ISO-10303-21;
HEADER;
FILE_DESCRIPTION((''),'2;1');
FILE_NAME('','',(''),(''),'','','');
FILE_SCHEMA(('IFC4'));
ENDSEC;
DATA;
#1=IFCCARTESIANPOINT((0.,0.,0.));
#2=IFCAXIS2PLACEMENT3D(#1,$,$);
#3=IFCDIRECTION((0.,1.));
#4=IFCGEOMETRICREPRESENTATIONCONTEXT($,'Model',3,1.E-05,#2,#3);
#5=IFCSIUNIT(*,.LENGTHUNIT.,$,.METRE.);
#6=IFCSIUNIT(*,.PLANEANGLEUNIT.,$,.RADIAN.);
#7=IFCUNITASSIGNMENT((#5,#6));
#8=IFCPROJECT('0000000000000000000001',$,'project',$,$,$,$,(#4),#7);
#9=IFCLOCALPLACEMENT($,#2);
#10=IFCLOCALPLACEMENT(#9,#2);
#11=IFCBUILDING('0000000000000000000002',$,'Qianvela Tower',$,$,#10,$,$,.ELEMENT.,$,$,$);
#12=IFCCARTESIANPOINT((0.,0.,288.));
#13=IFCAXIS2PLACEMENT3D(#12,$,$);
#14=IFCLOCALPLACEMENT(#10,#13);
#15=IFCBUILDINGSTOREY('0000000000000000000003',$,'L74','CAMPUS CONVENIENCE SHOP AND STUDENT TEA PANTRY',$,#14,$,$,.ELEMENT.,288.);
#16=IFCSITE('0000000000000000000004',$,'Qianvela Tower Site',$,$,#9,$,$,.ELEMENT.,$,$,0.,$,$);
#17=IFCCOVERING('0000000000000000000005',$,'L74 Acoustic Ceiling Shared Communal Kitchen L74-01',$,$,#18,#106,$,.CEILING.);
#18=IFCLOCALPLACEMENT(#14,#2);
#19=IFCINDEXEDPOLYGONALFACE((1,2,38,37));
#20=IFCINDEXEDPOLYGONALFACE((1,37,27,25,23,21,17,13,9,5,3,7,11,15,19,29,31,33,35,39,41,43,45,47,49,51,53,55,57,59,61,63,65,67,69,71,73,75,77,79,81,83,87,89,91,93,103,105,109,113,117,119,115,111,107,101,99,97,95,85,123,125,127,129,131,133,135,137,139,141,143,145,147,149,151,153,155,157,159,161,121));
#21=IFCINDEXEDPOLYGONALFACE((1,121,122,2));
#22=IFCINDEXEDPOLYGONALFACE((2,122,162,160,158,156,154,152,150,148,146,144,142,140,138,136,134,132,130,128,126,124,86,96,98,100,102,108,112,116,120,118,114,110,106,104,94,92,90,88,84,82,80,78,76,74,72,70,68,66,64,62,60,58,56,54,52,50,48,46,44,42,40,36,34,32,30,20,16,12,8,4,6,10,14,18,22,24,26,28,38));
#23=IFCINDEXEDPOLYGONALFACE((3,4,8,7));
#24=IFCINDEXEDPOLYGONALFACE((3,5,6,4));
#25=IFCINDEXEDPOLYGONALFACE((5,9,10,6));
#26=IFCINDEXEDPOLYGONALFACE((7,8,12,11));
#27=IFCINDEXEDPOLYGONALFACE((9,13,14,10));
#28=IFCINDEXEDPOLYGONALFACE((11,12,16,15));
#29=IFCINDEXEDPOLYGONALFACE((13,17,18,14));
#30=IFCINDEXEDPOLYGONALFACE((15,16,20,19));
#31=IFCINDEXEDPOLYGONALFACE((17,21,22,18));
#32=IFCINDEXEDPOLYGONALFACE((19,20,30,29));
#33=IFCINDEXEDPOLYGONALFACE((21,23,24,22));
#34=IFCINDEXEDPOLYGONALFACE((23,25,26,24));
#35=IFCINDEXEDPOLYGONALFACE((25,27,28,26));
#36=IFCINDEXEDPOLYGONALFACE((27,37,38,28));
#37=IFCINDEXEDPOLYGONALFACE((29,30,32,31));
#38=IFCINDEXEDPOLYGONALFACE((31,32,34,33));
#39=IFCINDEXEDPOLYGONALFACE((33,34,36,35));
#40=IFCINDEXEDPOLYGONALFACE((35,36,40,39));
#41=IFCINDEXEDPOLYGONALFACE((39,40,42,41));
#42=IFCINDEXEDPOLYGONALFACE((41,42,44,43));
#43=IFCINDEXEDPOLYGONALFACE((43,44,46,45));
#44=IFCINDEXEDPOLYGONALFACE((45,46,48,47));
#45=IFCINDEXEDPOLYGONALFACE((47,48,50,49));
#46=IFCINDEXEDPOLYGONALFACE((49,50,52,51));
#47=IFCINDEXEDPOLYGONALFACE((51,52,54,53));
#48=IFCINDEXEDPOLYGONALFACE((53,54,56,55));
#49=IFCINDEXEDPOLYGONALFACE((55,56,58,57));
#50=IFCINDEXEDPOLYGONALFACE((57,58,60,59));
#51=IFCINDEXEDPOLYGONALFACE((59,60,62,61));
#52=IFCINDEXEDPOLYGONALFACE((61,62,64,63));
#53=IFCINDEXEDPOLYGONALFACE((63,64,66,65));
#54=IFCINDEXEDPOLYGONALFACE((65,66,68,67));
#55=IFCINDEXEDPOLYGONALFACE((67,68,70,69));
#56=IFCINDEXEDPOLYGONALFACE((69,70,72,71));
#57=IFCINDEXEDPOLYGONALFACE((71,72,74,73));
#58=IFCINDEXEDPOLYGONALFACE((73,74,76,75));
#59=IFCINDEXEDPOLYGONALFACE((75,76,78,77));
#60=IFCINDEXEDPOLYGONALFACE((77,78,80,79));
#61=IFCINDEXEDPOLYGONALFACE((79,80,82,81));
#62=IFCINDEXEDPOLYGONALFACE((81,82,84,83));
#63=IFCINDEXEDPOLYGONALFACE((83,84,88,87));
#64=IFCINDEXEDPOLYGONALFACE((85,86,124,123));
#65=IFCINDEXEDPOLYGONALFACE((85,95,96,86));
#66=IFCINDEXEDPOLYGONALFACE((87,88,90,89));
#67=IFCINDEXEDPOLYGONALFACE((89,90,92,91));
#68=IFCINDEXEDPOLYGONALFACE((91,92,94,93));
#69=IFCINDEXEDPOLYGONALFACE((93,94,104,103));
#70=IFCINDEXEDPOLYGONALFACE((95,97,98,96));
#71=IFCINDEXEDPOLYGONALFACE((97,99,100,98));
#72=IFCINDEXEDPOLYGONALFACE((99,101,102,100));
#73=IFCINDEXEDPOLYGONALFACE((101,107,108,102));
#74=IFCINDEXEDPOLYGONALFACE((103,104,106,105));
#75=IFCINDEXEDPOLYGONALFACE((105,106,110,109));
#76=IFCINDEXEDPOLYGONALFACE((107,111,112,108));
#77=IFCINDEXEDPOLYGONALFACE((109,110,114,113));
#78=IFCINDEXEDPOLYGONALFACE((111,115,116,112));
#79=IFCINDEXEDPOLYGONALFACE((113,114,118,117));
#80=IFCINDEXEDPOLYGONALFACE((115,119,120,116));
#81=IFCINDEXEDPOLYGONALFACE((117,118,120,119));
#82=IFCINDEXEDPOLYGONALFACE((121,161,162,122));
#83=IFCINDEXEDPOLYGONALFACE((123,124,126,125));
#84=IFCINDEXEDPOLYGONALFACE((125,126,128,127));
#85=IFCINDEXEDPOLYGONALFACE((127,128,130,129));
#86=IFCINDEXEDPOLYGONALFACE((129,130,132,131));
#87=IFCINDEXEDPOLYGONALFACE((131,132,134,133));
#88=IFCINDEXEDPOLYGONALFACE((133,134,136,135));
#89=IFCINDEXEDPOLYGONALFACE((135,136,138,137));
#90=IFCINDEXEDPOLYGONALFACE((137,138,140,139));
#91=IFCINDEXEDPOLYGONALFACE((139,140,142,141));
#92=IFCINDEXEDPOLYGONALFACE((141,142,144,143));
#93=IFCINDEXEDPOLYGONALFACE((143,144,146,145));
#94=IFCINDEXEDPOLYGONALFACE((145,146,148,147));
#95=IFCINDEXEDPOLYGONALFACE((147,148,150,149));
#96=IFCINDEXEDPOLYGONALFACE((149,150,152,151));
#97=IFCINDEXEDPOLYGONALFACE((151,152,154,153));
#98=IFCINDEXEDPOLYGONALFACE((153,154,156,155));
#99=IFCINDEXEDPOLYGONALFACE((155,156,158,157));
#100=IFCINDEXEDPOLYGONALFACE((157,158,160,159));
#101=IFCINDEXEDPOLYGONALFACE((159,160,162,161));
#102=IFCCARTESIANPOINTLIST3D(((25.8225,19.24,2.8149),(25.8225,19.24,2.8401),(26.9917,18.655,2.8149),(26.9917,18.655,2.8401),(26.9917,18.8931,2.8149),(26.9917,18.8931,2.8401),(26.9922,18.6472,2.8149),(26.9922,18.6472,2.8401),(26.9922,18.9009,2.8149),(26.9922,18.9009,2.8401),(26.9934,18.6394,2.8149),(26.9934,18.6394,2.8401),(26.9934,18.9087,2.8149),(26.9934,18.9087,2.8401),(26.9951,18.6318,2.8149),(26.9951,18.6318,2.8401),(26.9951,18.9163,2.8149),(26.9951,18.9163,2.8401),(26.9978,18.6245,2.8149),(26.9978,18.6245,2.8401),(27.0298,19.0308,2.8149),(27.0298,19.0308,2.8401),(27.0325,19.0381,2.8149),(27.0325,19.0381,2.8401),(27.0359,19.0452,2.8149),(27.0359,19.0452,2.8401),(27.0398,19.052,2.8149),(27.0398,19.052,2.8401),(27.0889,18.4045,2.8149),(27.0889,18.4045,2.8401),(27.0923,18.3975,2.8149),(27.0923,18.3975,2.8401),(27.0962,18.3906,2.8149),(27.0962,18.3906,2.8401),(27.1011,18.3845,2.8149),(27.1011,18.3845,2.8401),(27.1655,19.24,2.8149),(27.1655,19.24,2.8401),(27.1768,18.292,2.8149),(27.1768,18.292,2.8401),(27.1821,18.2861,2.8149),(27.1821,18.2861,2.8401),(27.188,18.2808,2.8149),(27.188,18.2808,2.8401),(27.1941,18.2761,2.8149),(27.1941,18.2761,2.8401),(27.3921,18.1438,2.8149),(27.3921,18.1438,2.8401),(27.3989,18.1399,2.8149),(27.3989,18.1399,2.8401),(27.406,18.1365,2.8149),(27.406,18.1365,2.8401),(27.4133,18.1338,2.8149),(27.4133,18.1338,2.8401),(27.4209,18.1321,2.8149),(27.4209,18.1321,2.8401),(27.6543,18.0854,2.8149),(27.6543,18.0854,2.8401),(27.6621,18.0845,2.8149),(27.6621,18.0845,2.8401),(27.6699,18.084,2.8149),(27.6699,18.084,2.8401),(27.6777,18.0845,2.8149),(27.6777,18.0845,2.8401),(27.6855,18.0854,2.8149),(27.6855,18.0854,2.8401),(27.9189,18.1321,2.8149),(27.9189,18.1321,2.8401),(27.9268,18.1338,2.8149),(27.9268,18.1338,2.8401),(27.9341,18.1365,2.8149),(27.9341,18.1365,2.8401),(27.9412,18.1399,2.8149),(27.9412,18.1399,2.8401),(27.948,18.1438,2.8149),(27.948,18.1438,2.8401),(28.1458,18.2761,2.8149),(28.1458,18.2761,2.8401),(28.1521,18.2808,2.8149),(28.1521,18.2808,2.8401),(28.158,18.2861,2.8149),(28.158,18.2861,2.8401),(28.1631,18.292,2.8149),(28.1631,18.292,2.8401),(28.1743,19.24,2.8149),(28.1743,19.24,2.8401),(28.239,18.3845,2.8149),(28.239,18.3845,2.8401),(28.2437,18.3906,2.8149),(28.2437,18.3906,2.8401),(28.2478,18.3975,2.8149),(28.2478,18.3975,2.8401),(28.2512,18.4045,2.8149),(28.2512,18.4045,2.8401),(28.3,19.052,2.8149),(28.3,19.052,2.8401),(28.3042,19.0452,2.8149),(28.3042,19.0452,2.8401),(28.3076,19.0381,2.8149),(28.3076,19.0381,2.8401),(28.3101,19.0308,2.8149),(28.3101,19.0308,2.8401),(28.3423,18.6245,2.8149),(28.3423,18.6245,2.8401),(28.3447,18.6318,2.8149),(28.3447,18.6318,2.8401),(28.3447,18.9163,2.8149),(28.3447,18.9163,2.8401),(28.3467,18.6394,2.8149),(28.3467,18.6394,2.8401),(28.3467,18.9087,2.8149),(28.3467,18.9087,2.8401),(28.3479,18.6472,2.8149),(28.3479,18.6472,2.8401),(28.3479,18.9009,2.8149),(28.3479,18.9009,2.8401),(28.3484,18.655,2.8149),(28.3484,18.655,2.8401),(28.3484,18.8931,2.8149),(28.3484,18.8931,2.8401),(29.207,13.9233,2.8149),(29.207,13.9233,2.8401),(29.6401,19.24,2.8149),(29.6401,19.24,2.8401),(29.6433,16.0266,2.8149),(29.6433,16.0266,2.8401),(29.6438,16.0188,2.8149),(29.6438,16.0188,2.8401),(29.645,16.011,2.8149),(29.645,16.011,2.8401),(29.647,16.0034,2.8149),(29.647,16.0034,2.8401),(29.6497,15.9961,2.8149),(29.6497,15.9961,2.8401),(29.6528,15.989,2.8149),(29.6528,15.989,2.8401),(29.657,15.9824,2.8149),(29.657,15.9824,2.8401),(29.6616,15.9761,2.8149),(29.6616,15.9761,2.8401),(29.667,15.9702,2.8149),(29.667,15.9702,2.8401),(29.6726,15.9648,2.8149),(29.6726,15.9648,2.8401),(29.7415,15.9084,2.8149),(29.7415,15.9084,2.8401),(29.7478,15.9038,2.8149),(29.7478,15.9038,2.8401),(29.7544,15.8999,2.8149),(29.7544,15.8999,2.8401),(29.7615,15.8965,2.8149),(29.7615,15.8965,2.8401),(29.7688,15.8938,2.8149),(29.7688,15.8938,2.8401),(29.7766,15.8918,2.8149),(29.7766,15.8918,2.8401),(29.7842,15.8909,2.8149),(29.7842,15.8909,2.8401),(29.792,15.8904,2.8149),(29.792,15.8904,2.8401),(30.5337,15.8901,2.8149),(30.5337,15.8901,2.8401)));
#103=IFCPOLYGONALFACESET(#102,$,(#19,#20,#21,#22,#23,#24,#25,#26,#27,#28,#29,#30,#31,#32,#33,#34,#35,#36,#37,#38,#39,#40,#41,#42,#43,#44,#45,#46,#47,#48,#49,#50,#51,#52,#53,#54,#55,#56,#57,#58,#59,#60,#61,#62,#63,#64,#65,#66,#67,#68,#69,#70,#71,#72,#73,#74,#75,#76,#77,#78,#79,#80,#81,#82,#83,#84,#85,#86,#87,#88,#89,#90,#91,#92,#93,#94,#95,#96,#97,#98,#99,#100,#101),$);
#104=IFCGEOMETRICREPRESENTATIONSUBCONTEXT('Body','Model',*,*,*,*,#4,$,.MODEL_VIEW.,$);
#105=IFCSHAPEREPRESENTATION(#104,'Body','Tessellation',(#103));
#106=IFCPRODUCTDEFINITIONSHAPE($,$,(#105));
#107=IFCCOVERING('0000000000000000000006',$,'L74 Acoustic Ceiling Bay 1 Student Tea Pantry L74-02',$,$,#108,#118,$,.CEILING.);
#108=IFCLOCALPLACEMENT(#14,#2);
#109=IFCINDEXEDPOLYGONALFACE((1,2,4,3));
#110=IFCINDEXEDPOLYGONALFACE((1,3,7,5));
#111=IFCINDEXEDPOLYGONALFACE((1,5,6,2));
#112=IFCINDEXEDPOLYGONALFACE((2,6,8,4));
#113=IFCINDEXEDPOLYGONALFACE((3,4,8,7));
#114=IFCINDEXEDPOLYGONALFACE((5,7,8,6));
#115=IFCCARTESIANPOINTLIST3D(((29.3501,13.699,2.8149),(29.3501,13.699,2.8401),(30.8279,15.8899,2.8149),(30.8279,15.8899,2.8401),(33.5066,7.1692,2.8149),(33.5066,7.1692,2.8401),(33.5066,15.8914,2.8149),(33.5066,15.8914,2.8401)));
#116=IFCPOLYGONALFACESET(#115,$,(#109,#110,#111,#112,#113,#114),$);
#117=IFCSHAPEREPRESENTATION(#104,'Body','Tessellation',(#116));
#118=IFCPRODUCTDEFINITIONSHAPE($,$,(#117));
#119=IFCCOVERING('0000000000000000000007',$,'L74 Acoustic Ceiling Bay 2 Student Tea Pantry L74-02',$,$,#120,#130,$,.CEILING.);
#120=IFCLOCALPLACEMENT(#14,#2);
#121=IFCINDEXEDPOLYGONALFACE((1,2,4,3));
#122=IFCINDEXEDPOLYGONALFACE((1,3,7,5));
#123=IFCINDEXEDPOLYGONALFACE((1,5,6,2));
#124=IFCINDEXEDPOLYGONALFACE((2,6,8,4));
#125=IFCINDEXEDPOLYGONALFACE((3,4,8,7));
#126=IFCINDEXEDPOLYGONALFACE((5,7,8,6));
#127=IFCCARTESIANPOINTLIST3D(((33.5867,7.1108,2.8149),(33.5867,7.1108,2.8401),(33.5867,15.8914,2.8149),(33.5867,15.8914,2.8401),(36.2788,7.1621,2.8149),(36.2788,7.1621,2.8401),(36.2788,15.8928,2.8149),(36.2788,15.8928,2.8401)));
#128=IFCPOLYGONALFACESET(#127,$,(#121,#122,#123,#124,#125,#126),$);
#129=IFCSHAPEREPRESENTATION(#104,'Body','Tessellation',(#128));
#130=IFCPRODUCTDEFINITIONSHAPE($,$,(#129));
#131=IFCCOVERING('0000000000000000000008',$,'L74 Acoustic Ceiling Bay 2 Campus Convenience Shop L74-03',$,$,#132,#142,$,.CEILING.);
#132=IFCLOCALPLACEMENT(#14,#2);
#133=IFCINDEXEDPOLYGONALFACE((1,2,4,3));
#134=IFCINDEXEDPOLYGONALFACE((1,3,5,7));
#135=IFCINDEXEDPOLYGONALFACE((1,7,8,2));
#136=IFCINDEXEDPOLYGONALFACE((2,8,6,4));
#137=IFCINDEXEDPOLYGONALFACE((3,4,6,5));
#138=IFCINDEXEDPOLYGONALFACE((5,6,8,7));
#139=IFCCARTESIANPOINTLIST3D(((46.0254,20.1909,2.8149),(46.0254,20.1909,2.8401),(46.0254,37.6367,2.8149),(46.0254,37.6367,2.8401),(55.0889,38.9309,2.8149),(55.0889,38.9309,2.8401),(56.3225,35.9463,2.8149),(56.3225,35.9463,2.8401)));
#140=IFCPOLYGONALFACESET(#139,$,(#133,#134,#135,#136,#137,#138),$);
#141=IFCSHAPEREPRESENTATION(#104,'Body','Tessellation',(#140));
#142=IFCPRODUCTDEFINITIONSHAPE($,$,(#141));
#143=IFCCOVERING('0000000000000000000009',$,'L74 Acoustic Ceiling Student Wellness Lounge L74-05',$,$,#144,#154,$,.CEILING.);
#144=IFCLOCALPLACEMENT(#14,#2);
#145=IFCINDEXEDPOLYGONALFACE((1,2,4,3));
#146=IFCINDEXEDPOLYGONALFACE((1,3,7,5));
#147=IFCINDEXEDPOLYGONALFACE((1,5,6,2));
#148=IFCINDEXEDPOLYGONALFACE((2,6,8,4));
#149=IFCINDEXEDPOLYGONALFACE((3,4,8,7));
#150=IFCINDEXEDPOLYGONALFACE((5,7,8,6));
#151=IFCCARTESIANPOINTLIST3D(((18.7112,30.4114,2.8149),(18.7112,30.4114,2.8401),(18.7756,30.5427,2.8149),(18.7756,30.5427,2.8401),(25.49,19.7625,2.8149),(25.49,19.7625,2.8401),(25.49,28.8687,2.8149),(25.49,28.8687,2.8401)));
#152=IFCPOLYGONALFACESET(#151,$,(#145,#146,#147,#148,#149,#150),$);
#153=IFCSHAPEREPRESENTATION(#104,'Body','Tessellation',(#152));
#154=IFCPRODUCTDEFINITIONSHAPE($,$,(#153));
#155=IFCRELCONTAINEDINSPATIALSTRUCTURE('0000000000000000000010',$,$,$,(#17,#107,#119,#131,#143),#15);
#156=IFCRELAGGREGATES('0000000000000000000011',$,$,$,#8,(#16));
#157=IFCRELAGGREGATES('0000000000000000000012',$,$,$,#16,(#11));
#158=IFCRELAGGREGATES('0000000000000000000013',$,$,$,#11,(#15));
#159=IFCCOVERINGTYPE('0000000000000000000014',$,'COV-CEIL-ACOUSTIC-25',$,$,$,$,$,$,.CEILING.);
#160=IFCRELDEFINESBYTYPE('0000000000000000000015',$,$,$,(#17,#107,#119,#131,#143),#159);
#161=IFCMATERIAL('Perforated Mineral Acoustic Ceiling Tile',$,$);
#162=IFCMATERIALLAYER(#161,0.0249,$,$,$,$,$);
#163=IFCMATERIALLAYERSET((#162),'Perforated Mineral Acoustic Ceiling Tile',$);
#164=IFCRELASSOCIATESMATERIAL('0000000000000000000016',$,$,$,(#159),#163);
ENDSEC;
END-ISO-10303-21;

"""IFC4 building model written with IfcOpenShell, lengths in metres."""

from ifc_helpers import new_model, si_unit, direction, frame, origin, place, context, subcontext, project, spatial, polyline, outline, extrude, material, layer, layer_set, type_object, element, save


model = new_model("IFC4")

# Units and contexts
model_context = context("Model", 3, precision=1e-05, world=origin(), true_north=direction((0.0, 1.0)))
body_context = subcontext(model_context, "Body", "Model", "MODEL_VIEW")
ifc_project = project(units=[si_unit("LENGTHUNIT", "METRE"), si_unit("PLANEANGLEUNIT", "RADIAN")], contexts=[model_context])

# Site, building, storey
site_placement = place(None, origin())
site = spatial("IfcSite", under=ifc_project, at=site_placement, Name="Qianvela Tower Site", CompositionType="ELEMENT", RefElevation=0.0)
building_placement = place(site_placement, origin())
building = spatial("IfcBuilding", under=site, at=building_placement, Name="Qianvela Tower", CompositionType="ELEMENT")
storey_placement = place(building_placement, frame((0.0, 0.0, 288.0)))
storey = spatial("IfcBuildingStorey", under=building, at=storey_placement, Name="L74", Description="CAMPUS CONVENIENCE SHOP AND STUDENT TEA PANTRY", CompositionType="ELEMENT", Elevation=288.0)

# Coverings
ifc_material_1 = material(Name="Perforated Mineral Acoustic Ceiling Tile")
ifc_layer_1 = layer(ifc_material_1, 0.0249)
ifc_layer_set_1 = layer_set([ifc_layer_1], Name="Perforated Mineral Acoustic Ceiling Tile")
covering_type_1 = type_object("IfcCoveringType", Name="COV-CEIL-ACOUSTIC-25", PredefinedType="CEILING", material=ifc_layer_set_1)
covering_1_placement = place(storey_placement, frame((0.0, 0.0, 2.8149)))
element("IfcCovering", 1, at=covering_1_placement, inside=storey, type_object=covering_type_1, Name="L74 Acoustic Ceiling Shared Communal Kitchen L74-01", PredefinedType="CEILING", context=body_context, shape_type="SweptSolid", body=[
    extrude(outline(polyline([(27.1655, 19.24), (27.0398, 19.052), (27.0359, 19.0452), (27.0325, 19.0381), (27.0298, 19.0308), (26.9951, 18.9163), (26.9934, 18.9087), (26.9922, 18.9009), (26.9917, 18.8931), (26.9917, 18.655), (26.9922, 18.6472), (26.9934, 18.6394), (26.9951, 18.6318), (26.9978, 18.6245), (27.0889, 18.4045), (27.0923, 18.3975), (27.0962, 18.3906), (27.1011, 18.3845), (27.1768, 18.292), (27.1821, 18.2861), (27.188, 18.2808), (27.1941, 18.2761), (27.3921, 18.1438), (27.3989, 18.1399), (27.406, 18.1365), (27.4133, 18.1338), (27.4209, 18.1321), (27.6543, 18.0854), (27.6621, 18.0845), (27.6699, 18.084), (27.6777, 18.0845), (27.6855, 18.0854), (27.9189, 18.1321), (27.9268, 18.1338), (27.9341, 18.1365), (27.9412, 18.1399), (27.948, 18.1438), (28.1458, 18.2761), (28.1521, 18.2808), (28.158, 18.2861), (28.1631, 18.292), (28.239, 18.3845), (28.2437, 18.3906), (28.2478, 18.3975), (28.2512, 18.4045), (28.3423, 18.6245), (28.3447, 18.6318), (28.3467, 18.6394), (28.3479, 18.6472), (28.3484, 18.655), (28.3484, 18.8931), (28.3479, 18.9009), (28.3467, 18.9087), (28.3447, 18.9163), (28.3101, 19.0308), (28.3076, 19.0381), (28.3042, 19.0452), (28.3, 19.052), (28.1743, 19.24), (29.6401, 19.24), (29.6433, 16.0266), (29.6438, 16.0188), (29.645, 16.011), (29.647, 16.0034), (29.6497, 15.9961), (29.6528, 15.989), (29.657, 15.9824), (29.6616, 15.9761), (29.667, 15.9702), (29.6726, 15.9648), (29.7415, 15.9084), (29.7478, 15.9038), (29.7544, 15.8999), (29.7615, 15.8965), (29.7688, 15.8938), (29.7766, 15.8918), (29.7842, 15.8909), (29.792, 15.8904), (30.5337, 15.8901), (29.207, 13.9233), (25.8225, 19.24), (27.1655, 19.24)])), origin(), (0.0, 0.0, 1.0), 0.0251),
])
covering_2_placement = place(storey_placement, frame((0.0, 0.0, 2.8149)))
element("IfcCovering", 2, at=covering_2_placement, inside=storey, type_object=covering_type_1, Name="L74 Acoustic Ceiling Bay 1 Student Tea Pantry L74-02", PredefinedType="CEILING", context=body_context, shape_type="SweptSolid", body=[
    extrude(outline(polyline([(33.5066, 15.8914), (33.5066, 7.1692), (29.3501, 13.699), (30.8279, 15.8899), (33.5066, 15.8914)])), origin(), (0.0, 0.0, 1.0), 0.0251),
])
covering_3_placement = place(storey_placement, frame((0.0, 0.0, 2.8149)))
element("IfcCovering", 3, at=covering_3_placement, inside=storey, type_object=covering_type_1, Name="L74 Acoustic Ceiling Bay 2 Student Tea Pantry L74-02", PredefinedType="CEILING", context=body_context, shape_type="SweptSolid", body=[
    extrude(outline(polyline([(36.2788, 15.8928), (36.2788, 7.1621), (33.5867, 7.1108), (33.5867, 15.8914), (36.2788, 15.8928)])), origin(), (0.0, 0.0, 1.0), 0.0251),
])
covering_4_placement = place(storey_placement, frame((0.0, 0.0, 2.8149)))
element("IfcCovering", 4, at=covering_4_placement, inside=storey, type_object=covering_type_1, Name="L74 Acoustic Ceiling Bay 2 Campus Convenience Shop L74-03", PredefinedType="CEILING", context=body_context, shape_type="SweptSolid", body=[
    extrude(outline(polyline([(55.0889, 38.9309), (56.3225, 35.9463), (46.0254, 20.1909), (46.0254, 37.6367), (55.0889, 38.9309)])), origin(), (0.0, 0.0, 1.0), 0.0251),
])
covering_5_placement = place(storey_placement, frame((0.0, 0.0, 2.8149)))
element("IfcCovering", 5, at=covering_5_placement, inside=storey, type_object=covering_type_1, Name="L74 Acoustic Ceiling Student Wellness Lounge L74-05", PredefinedType="CEILING", context=body_context, shape_type="SweptSolid", body=[
    extrude(outline(polyline([(25.49, 28.8687), (25.49, 19.7625), (18.7112, 30.4114), (18.7756, 30.5427), (25.49, 28.8687)])), origin(), (0.0, 0.0, 1.0), 0.0251),
])

save(model, "model.ifc")
